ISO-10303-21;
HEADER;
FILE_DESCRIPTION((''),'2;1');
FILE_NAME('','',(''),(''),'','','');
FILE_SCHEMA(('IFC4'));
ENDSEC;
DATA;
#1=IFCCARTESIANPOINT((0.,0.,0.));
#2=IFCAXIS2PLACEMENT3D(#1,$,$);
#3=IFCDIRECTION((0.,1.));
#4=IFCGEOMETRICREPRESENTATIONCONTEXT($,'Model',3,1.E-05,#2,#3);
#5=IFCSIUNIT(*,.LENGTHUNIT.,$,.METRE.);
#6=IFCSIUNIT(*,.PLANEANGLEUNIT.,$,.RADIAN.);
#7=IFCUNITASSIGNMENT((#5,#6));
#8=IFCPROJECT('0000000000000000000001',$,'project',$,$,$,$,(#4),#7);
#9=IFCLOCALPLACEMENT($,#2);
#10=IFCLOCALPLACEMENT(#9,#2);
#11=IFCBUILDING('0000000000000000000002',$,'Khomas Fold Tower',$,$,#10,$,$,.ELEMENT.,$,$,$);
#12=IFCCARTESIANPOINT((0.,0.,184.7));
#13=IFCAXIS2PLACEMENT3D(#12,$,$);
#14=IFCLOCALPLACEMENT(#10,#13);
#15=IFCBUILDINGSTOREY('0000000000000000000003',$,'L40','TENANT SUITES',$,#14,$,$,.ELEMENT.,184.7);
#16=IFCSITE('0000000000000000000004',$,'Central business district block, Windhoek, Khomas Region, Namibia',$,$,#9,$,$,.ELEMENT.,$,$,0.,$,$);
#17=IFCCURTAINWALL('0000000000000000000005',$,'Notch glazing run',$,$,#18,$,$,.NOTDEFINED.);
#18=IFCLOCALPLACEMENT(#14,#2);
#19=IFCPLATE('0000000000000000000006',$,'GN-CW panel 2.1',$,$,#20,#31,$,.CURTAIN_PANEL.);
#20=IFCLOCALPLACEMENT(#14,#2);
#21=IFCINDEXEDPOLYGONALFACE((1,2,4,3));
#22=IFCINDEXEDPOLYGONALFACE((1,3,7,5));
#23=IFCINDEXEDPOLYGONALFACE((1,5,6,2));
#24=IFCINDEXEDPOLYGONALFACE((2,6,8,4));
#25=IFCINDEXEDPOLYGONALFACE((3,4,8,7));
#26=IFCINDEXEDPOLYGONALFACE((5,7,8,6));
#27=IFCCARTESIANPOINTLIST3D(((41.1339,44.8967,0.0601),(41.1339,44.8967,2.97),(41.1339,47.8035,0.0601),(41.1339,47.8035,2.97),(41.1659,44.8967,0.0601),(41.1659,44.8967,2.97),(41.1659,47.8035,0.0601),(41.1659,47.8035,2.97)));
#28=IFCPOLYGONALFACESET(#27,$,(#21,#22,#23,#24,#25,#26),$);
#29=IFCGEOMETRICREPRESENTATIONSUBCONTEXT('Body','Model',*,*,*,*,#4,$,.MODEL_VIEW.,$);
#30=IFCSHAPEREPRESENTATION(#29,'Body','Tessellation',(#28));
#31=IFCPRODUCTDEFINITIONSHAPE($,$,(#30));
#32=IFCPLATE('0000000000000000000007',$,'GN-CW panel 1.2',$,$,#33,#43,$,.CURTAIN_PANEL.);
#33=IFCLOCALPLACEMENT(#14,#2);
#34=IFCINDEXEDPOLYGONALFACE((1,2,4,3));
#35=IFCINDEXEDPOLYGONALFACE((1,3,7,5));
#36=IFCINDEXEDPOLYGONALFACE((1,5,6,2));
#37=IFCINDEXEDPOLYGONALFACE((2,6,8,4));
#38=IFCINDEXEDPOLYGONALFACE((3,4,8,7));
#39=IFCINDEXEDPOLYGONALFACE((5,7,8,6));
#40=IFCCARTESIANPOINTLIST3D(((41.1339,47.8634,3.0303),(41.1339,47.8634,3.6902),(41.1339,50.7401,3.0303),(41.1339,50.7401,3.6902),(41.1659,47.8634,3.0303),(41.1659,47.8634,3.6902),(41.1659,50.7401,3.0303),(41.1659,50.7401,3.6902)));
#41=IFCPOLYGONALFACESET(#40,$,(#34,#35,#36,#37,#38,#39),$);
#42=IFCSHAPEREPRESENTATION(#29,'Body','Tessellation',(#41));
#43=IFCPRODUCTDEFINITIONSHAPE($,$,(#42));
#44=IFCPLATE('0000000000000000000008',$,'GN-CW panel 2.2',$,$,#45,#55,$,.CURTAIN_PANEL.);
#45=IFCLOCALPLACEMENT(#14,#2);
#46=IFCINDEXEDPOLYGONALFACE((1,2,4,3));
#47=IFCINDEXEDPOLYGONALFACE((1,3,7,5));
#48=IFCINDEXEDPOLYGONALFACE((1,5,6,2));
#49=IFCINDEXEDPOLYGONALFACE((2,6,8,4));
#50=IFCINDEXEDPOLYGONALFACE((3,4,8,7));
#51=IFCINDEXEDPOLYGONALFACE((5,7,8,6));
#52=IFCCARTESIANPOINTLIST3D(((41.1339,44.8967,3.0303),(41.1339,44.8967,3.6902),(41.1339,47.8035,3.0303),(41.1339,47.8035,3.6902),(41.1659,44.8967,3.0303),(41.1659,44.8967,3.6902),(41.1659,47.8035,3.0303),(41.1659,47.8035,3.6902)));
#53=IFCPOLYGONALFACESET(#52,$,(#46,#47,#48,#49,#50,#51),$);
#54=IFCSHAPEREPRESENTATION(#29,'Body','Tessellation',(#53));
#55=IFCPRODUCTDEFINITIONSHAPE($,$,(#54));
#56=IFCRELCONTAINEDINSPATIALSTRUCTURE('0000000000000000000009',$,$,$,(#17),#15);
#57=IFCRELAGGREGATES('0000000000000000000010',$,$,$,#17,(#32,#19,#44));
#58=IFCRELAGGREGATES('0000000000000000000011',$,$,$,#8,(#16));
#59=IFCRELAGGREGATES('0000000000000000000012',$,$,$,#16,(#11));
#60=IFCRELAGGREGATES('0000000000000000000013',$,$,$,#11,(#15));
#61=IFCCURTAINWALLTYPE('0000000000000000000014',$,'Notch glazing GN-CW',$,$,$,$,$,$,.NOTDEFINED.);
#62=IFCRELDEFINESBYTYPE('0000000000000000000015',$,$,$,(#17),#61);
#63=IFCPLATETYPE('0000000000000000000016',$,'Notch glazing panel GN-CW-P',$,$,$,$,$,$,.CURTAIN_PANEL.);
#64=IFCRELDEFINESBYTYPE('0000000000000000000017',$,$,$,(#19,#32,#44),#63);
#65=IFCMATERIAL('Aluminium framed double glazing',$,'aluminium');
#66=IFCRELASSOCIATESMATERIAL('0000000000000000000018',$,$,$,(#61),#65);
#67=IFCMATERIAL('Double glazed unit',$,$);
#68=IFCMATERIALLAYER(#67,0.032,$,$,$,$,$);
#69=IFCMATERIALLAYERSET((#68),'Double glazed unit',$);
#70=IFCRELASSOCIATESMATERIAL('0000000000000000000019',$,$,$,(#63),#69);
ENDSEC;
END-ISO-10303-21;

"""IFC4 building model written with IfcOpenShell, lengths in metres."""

from ifc_helpers import new_model, si_unit, direction, frame, origin, origin_2d, place, context, subcontext, project, spatial, rectangle, extrude, source, transform, mapped, material, layer, layer_set, type_object, element, aggregate, save


model = new_model("IFC4")

# Units and contexts
model_context = context("Model", 3, precision=1e-05, world=origin(), true_north=direction((0.0, 1.0)))
body_context = subcontext(model_context, "Body", "Model", "MODEL_VIEW")
ifc_project = project(units=[si_unit("LENGTHUNIT", "METRE"), si_unit("PLANEANGLEUNIT", "RADIAN")], contexts=[model_context])

# Site, building, storey
site_placement = place(None, origin())
site = spatial("IfcSite", under=ifc_project, at=site_placement, Name="Central business district block, Windhoek, Khomas Region, Namibia", CompositionType="ELEMENT", RefElevation=0.0)
building_placement = place(site_placement, origin())
building = spatial("IfcBuilding", under=site, at=building_placement, Name="Khomas Fold Tower", CompositionType="ELEMENT")
storey_placement = place(building_placement, frame((0.0, 0.0, 184.7)))
storey = spatial("IfcBuildingStorey", under=building, at=storey_placement, Name="L40", Description="TENANT SUITES", CompositionType="ELEMENT", Elevation=184.7)

# Curtain wall
ifc_material_1 = material(Name="Aluminium framed double glazing", Category="aluminium")
curtain_wall_type_1 = type_object("IfcCurtainWallType", Name="Notch glazing GN-CW", PredefinedType="NOTDEFINED", material=ifc_material_1)
curtain_wall_1_placement = place(storey_placement, origin())
curtain_wall_1 = element("IfcCurtainWall", 1, at=curtain_wall_1_placement, inside=storey, type_object=curtain_wall_type_1, Name="Notch glazing run", PredefinedType="NOTDEFINED")

# Plates
ifc_material_2 = material(Name="Double glazed unit")
ifc_layer_1 = layer(ifc_material_2, 0.032)
ifc_layer_set_1 = layer_set([ifc_layer_1], Name="Double glazed unit")
plate_type_1 = type_object("IfcPlateType", Name="Notch glazing panel GN-CW-P", PredefinedType="CURTAIN_PANEL", material=ifc_layer_set_1)
shared_shape_1 = source(origin(), body_context, "Body", "SweptSolid", [
    extrude(rectangle(XDim=2.9067, YDim=0.032, at=origin_2d()), origin(), (0.0, 0.0, 1.0), 2.9099),
])
plate_1_placement = place(storey_placement, frame((41.1499, 46.3501, 0.0601), z_axis=(0.0, 0.0, 1.0), x_axis=(0.0, -1.0, 0.0)))
plate_1 = element("IfcPlate", 2, at=plate_1_placement, type_object=plate_type_1, Name="GN-CW panel 2.1", PredefinedType="CURTAIN_PANEL", context=body_context, shape_type="MappedRepresentation", body=[
    mapped(shared_shape_1, transform((0.0, 0.0, 0.0))),
])
shared_shape_2 = source(origin(), body_context, "Body", "SweptSolid", [
    extrude(rectangle(XDim=2.8767, YDim=0.032, at=origin_2d()), origin(), (0.0, 0.0, 1.0), 0.6599),
])
plate_2_placement = place(storey_placement, frame((41.1499, 49.3018, 3.0303), z_axis=(0.0, 0.0, 1.0), x_axis=(0.0, -1.0, 0.0)))
plate_2 = element("IfcPlate", 3, at=plate_2_placement, type_object=plate_type_1, Name="GN-CW panel 1.2", PredefinedType="CURTAIN_PANEL", context=body_context, shape_type="MappedRepresentation", body=[
    mapped(shared_shape_2, transform((0.0, 0.0, 0.0))),
])
shared_shape_3 = source(origin(), body_context, "Body", "SweptSolid", [
    extrude(rectangle(XDim=2.9067, YDim=0.032, at=origin_2d()), origin(), (0.0, 0.0, 1.0), 0.6599),
])
plate_3_placement = place(storey_placement, frame((41.1499, 46.3501, 3.0303), z_axis=(0.0, 0.0, 1.0), x_axis=(0.0, -1.0, 0.0)))
plate_3 = element("IfcPlate", 4, at=plate_3_placement, type_object=plate_type_1, Name="GN-CW panel 2.2", PredefinedType="CURTAIN_PANEL", context=body_context, shape_type="MappedRepresentation", body=[
    mapped(shared_shape_3, transform((0.0, 0.0, 0.0))),
])
aggregate(curtain_wall_1, [plate_2, plate_1, plate_3])

save(model, "model.ifc")
